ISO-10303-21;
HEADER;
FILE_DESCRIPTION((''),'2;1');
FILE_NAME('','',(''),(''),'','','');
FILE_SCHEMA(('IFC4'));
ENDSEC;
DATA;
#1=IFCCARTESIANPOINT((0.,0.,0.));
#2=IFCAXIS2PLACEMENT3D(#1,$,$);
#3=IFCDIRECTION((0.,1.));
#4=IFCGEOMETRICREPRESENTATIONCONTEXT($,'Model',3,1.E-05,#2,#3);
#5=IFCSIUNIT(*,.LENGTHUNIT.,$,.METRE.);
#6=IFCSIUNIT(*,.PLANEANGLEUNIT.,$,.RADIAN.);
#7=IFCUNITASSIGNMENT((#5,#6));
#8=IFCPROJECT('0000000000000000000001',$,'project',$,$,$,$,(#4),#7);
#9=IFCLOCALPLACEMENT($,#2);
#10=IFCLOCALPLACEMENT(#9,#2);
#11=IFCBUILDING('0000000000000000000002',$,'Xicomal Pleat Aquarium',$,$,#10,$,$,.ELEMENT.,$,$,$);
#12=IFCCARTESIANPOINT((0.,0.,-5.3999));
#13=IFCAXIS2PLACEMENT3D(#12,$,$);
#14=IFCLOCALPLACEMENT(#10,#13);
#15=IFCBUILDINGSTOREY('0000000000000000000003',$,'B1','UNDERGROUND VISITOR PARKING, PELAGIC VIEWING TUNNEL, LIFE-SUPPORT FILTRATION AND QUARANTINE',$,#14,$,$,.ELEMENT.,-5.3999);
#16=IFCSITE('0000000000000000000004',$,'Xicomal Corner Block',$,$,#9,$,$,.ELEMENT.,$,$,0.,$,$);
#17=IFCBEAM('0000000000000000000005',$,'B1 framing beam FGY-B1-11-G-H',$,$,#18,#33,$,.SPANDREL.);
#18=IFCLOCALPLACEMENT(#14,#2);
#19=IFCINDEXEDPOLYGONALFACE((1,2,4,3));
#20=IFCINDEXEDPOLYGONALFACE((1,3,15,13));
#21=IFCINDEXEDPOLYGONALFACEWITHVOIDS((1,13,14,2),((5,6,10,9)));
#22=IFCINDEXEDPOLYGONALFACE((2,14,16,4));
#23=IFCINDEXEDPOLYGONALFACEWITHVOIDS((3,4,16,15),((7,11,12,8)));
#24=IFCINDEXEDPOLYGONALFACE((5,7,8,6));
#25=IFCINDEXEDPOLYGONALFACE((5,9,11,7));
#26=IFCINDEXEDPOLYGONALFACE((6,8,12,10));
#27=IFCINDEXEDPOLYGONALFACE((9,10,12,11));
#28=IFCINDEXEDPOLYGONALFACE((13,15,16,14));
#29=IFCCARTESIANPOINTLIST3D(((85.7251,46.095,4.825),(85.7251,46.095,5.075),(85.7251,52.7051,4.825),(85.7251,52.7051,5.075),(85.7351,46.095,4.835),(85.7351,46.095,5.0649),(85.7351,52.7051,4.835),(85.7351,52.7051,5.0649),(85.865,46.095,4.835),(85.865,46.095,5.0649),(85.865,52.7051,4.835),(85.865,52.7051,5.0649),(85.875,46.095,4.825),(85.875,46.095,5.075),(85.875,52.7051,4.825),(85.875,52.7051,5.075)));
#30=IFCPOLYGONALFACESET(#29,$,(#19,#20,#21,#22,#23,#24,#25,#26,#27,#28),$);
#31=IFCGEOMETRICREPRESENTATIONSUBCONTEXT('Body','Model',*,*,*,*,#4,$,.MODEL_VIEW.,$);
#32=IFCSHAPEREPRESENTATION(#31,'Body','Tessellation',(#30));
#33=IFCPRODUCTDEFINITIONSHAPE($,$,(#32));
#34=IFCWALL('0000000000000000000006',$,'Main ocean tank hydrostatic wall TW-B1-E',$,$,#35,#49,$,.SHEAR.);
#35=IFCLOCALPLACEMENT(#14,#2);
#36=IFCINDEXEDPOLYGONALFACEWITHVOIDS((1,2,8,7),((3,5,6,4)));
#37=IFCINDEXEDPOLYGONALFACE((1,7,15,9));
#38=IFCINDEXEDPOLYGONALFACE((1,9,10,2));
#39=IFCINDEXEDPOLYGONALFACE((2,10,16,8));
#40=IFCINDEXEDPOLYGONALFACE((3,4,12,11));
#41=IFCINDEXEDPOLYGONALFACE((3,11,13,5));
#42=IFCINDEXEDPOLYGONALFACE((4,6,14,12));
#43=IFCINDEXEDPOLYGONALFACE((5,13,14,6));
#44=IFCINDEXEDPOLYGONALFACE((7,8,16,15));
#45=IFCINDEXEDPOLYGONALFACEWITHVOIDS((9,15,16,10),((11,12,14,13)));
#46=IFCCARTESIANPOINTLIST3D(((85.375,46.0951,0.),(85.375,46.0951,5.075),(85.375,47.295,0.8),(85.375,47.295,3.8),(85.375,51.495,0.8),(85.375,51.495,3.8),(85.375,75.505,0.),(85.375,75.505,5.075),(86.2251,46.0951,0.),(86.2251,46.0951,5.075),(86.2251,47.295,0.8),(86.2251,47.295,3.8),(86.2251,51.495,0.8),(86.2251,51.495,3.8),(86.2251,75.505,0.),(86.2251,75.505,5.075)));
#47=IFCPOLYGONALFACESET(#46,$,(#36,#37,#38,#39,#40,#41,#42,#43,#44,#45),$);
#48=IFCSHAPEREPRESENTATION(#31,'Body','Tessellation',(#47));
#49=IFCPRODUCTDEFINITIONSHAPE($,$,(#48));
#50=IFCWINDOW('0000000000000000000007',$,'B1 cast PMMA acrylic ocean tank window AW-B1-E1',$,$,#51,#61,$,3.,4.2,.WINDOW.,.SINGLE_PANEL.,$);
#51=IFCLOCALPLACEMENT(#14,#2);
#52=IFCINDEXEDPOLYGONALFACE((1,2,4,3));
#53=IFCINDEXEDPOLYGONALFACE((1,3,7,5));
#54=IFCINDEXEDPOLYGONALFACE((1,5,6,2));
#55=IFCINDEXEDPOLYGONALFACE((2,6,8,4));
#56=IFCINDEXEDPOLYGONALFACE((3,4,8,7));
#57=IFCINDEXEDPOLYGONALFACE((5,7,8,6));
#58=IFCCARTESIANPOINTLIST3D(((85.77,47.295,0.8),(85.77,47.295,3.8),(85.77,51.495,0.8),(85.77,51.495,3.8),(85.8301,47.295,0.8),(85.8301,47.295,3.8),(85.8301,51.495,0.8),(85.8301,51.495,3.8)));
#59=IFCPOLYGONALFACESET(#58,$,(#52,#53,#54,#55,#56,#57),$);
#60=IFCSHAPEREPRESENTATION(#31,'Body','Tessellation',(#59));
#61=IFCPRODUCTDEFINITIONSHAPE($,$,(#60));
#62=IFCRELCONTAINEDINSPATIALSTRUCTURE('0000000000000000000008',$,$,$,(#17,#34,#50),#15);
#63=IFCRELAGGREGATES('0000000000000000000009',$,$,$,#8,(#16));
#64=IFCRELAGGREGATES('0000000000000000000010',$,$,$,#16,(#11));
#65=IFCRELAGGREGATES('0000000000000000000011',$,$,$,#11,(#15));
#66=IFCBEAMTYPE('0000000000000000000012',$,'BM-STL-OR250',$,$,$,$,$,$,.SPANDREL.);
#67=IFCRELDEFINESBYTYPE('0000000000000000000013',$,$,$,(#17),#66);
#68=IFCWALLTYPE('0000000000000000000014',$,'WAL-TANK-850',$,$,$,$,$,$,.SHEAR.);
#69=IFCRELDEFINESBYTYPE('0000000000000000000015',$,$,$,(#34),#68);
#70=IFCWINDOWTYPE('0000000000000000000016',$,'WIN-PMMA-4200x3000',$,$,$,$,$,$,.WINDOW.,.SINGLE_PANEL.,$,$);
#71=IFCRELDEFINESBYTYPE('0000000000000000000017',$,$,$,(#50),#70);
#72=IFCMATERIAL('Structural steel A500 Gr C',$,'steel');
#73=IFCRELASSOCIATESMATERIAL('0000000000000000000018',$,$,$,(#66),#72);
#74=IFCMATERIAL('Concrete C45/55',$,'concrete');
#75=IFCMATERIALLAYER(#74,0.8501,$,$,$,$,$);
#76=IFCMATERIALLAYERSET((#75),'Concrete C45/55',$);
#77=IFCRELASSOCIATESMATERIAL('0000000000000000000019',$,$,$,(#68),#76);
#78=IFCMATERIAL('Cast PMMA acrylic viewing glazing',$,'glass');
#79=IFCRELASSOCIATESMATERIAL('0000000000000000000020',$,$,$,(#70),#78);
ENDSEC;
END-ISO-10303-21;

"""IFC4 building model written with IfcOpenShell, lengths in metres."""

from ifc_helpers import new_model, si_unit, direction, frame, frame_2d, origin, origin_2d, place, context, subcontext, project, spatial, rectangle, hollow_rectangle, extrude, material, layer, layer_set, material_profile, profile_set, type_object, element, fill, save


model = new_model("IFC4")

# Units and contexts
model_context = context("Model", 3, precision=1e-05, world=origin(), true_north=direction((0.0, 1.0)))
body_context = subcontext(model_context, "Body", "Model", "MODEL_VIEW")
ifc_project = project(units=[si_unit("LENGTHUNIT", "METRE"), si_unit("PLANEANGLEUNIT", "RADIAN")], contexts=[model_context])

# Site, building, storey
site_placement = place(None, origin())
site = spatial("IfcSite", under=ifc_project, at=site_placement, Name="Xicomal Corner Block", CompositionType="ELEMENT", RefElevation=0.0)
building_placement = place(site_placement, origin())
building = spatial("IfcBuilding", under=site, at=building_placement, Name="Xicomal Pleat Aquarium", CompositionType="ELEMENT")
storey_placement = place(building_placement, frame((0.0, 0.0, -5.3999)))
storey = spatial("IfcBuildingStorey", under=building, at=storey_placement, Name="B1", Description="UNDERGROUND VISITOR PARKING, PELAGIC VIEWING TUNNEL, LIFE-SUPPORT FILTRATION AND QUARANTINE", CompositionType="ELEMENT", Elevation=-5.3999)

# Beam
ifc_material_1 = material(Name="Structural steel A500 Gr C", Category="steel")
ifc_material_profile_1 = material_profile(ifc_material_1, hollow_rectangle(XDim=0.1499, YDim=0.25, WallThickness=0.01, at=origin_2d()), Name="OR 250x150x10")
ifc_profile_set_1 = profile_set([ifc_material_profile_1], Name="Structural steel A500 Gr C")
beam_type_1 = type_object("IfcBeamType", Name="BM-STL-OR250", PredefinedType="SPANDREL", material=ifc_profile_set_1)
beam_1_placement = place(storey_placement, frame((85.8, 46.095, 4.95), z_axis=(0.0, 1.0, 0.0), x_axis=(-1.0, 0.0, 0.0)))
element("IfcBeam", 1, at=beam_1_placement, inside=storey, type_object=beam_type_1, Name="B1 framing beam FGY-B1-11-G-H", PredefinedType="SPANDREL", context=body_context, shape_type="SweptSolid", body=[
    extrude(hollow_rectangle(XDim=0.1499, YDim=0.25, WallThickness=0.01, at=origin_2d()), origin(), (0.0, 0.0, 1.0), 6.6101),
])

# Wall, opening, window
ifc_material_2 = material(Name="Concrete C45/55", Category="concrete")
ifc_layer = layer(ifc_material_2, 0.8501)
ifc_layer_set = layer_set([ifc_layer], Name="Concrete C45/55")
wall_type = type_object("IfcWallType", Name="WAL-TANK-850", PredefinedType="SHEAR", material=ifc_layer_set)
wall_placement = place(storey_placement, frame((85.8, 46.095, 0.0), z_axis=(0.0, 0.0, 1.0), x_axis=(0.0, 1.0, 0.0)))
wall = element("IfcWall", 2, at=wall_placement, inside=storey, type_object=wall_type, Name="Main ocean tank hydrostatic wall TW-B1-E", PredefinedType="SHEAR", context=body_context, shape_type="SweptSolid", body=[
    extrude(rectangle(XDim=29.4099, YDim=0.8501, at=frame_2d((14.7051, 0.0))), origin(), (0.0, 0.0, 1.0), 5.075),
])
opening_placement = place(wall_placement, frame((1.2, 0.0, 0.8)))
opening = element("IfcOpeningElement", 3, at=opening_placement, cuts=wall, PredefinedType="OPENING", context=body_context, shape_type="SweptSolid", body=[
    extrude(rectangle(XDim=4.2, YDim=3.0, at=frame_2d((2.1001, 1.5))), frame((0.0, 0.4351, 0.0), z_axis=(0.0, -1.0, 0.0), x_axis=(1.0, 0.0, 0.0)), (0.0, 0.0, 1.0), 0.8701),
])
ifc_material_3 = material(Name="Cast PMMA acrylic viewing glazing", Category="glass")
window_type = type_object("IfcWindowType", Name="WIN-PMMA-4200x3000", PartitioningType="SINGLE_PANEL", PredefinedType="WINDOW", material=ifc_material_3)
window_placement = place(opening_placement, origin())
window = element("IfcWindow", 4, at=window_placement, inside=storey, type_object=window_type, Name="B1 cast PMMA acrylic ocean tank window AW-B1-E1", OverallHeight=3.0, OverallWidth=4.2, PartitioningType="SINGLE_PANEL", PredefinedType="WINDOW", context=body_context, shape_type="SweptSolid", body=[
    extrude(rectangle(XDim=4.2, YDim=3.0, at=frame_2d((2.1001, 1.5))), frame((0.0, 0.03, 0.0), z_axis=(0.0, -1.0, 0.0), x_axis=(1.0, 0.0, 0.0)), (0.0, 0.0, 1.0), 0.0601),
])
fill(opening, window)

save(model, "model.ifc")
